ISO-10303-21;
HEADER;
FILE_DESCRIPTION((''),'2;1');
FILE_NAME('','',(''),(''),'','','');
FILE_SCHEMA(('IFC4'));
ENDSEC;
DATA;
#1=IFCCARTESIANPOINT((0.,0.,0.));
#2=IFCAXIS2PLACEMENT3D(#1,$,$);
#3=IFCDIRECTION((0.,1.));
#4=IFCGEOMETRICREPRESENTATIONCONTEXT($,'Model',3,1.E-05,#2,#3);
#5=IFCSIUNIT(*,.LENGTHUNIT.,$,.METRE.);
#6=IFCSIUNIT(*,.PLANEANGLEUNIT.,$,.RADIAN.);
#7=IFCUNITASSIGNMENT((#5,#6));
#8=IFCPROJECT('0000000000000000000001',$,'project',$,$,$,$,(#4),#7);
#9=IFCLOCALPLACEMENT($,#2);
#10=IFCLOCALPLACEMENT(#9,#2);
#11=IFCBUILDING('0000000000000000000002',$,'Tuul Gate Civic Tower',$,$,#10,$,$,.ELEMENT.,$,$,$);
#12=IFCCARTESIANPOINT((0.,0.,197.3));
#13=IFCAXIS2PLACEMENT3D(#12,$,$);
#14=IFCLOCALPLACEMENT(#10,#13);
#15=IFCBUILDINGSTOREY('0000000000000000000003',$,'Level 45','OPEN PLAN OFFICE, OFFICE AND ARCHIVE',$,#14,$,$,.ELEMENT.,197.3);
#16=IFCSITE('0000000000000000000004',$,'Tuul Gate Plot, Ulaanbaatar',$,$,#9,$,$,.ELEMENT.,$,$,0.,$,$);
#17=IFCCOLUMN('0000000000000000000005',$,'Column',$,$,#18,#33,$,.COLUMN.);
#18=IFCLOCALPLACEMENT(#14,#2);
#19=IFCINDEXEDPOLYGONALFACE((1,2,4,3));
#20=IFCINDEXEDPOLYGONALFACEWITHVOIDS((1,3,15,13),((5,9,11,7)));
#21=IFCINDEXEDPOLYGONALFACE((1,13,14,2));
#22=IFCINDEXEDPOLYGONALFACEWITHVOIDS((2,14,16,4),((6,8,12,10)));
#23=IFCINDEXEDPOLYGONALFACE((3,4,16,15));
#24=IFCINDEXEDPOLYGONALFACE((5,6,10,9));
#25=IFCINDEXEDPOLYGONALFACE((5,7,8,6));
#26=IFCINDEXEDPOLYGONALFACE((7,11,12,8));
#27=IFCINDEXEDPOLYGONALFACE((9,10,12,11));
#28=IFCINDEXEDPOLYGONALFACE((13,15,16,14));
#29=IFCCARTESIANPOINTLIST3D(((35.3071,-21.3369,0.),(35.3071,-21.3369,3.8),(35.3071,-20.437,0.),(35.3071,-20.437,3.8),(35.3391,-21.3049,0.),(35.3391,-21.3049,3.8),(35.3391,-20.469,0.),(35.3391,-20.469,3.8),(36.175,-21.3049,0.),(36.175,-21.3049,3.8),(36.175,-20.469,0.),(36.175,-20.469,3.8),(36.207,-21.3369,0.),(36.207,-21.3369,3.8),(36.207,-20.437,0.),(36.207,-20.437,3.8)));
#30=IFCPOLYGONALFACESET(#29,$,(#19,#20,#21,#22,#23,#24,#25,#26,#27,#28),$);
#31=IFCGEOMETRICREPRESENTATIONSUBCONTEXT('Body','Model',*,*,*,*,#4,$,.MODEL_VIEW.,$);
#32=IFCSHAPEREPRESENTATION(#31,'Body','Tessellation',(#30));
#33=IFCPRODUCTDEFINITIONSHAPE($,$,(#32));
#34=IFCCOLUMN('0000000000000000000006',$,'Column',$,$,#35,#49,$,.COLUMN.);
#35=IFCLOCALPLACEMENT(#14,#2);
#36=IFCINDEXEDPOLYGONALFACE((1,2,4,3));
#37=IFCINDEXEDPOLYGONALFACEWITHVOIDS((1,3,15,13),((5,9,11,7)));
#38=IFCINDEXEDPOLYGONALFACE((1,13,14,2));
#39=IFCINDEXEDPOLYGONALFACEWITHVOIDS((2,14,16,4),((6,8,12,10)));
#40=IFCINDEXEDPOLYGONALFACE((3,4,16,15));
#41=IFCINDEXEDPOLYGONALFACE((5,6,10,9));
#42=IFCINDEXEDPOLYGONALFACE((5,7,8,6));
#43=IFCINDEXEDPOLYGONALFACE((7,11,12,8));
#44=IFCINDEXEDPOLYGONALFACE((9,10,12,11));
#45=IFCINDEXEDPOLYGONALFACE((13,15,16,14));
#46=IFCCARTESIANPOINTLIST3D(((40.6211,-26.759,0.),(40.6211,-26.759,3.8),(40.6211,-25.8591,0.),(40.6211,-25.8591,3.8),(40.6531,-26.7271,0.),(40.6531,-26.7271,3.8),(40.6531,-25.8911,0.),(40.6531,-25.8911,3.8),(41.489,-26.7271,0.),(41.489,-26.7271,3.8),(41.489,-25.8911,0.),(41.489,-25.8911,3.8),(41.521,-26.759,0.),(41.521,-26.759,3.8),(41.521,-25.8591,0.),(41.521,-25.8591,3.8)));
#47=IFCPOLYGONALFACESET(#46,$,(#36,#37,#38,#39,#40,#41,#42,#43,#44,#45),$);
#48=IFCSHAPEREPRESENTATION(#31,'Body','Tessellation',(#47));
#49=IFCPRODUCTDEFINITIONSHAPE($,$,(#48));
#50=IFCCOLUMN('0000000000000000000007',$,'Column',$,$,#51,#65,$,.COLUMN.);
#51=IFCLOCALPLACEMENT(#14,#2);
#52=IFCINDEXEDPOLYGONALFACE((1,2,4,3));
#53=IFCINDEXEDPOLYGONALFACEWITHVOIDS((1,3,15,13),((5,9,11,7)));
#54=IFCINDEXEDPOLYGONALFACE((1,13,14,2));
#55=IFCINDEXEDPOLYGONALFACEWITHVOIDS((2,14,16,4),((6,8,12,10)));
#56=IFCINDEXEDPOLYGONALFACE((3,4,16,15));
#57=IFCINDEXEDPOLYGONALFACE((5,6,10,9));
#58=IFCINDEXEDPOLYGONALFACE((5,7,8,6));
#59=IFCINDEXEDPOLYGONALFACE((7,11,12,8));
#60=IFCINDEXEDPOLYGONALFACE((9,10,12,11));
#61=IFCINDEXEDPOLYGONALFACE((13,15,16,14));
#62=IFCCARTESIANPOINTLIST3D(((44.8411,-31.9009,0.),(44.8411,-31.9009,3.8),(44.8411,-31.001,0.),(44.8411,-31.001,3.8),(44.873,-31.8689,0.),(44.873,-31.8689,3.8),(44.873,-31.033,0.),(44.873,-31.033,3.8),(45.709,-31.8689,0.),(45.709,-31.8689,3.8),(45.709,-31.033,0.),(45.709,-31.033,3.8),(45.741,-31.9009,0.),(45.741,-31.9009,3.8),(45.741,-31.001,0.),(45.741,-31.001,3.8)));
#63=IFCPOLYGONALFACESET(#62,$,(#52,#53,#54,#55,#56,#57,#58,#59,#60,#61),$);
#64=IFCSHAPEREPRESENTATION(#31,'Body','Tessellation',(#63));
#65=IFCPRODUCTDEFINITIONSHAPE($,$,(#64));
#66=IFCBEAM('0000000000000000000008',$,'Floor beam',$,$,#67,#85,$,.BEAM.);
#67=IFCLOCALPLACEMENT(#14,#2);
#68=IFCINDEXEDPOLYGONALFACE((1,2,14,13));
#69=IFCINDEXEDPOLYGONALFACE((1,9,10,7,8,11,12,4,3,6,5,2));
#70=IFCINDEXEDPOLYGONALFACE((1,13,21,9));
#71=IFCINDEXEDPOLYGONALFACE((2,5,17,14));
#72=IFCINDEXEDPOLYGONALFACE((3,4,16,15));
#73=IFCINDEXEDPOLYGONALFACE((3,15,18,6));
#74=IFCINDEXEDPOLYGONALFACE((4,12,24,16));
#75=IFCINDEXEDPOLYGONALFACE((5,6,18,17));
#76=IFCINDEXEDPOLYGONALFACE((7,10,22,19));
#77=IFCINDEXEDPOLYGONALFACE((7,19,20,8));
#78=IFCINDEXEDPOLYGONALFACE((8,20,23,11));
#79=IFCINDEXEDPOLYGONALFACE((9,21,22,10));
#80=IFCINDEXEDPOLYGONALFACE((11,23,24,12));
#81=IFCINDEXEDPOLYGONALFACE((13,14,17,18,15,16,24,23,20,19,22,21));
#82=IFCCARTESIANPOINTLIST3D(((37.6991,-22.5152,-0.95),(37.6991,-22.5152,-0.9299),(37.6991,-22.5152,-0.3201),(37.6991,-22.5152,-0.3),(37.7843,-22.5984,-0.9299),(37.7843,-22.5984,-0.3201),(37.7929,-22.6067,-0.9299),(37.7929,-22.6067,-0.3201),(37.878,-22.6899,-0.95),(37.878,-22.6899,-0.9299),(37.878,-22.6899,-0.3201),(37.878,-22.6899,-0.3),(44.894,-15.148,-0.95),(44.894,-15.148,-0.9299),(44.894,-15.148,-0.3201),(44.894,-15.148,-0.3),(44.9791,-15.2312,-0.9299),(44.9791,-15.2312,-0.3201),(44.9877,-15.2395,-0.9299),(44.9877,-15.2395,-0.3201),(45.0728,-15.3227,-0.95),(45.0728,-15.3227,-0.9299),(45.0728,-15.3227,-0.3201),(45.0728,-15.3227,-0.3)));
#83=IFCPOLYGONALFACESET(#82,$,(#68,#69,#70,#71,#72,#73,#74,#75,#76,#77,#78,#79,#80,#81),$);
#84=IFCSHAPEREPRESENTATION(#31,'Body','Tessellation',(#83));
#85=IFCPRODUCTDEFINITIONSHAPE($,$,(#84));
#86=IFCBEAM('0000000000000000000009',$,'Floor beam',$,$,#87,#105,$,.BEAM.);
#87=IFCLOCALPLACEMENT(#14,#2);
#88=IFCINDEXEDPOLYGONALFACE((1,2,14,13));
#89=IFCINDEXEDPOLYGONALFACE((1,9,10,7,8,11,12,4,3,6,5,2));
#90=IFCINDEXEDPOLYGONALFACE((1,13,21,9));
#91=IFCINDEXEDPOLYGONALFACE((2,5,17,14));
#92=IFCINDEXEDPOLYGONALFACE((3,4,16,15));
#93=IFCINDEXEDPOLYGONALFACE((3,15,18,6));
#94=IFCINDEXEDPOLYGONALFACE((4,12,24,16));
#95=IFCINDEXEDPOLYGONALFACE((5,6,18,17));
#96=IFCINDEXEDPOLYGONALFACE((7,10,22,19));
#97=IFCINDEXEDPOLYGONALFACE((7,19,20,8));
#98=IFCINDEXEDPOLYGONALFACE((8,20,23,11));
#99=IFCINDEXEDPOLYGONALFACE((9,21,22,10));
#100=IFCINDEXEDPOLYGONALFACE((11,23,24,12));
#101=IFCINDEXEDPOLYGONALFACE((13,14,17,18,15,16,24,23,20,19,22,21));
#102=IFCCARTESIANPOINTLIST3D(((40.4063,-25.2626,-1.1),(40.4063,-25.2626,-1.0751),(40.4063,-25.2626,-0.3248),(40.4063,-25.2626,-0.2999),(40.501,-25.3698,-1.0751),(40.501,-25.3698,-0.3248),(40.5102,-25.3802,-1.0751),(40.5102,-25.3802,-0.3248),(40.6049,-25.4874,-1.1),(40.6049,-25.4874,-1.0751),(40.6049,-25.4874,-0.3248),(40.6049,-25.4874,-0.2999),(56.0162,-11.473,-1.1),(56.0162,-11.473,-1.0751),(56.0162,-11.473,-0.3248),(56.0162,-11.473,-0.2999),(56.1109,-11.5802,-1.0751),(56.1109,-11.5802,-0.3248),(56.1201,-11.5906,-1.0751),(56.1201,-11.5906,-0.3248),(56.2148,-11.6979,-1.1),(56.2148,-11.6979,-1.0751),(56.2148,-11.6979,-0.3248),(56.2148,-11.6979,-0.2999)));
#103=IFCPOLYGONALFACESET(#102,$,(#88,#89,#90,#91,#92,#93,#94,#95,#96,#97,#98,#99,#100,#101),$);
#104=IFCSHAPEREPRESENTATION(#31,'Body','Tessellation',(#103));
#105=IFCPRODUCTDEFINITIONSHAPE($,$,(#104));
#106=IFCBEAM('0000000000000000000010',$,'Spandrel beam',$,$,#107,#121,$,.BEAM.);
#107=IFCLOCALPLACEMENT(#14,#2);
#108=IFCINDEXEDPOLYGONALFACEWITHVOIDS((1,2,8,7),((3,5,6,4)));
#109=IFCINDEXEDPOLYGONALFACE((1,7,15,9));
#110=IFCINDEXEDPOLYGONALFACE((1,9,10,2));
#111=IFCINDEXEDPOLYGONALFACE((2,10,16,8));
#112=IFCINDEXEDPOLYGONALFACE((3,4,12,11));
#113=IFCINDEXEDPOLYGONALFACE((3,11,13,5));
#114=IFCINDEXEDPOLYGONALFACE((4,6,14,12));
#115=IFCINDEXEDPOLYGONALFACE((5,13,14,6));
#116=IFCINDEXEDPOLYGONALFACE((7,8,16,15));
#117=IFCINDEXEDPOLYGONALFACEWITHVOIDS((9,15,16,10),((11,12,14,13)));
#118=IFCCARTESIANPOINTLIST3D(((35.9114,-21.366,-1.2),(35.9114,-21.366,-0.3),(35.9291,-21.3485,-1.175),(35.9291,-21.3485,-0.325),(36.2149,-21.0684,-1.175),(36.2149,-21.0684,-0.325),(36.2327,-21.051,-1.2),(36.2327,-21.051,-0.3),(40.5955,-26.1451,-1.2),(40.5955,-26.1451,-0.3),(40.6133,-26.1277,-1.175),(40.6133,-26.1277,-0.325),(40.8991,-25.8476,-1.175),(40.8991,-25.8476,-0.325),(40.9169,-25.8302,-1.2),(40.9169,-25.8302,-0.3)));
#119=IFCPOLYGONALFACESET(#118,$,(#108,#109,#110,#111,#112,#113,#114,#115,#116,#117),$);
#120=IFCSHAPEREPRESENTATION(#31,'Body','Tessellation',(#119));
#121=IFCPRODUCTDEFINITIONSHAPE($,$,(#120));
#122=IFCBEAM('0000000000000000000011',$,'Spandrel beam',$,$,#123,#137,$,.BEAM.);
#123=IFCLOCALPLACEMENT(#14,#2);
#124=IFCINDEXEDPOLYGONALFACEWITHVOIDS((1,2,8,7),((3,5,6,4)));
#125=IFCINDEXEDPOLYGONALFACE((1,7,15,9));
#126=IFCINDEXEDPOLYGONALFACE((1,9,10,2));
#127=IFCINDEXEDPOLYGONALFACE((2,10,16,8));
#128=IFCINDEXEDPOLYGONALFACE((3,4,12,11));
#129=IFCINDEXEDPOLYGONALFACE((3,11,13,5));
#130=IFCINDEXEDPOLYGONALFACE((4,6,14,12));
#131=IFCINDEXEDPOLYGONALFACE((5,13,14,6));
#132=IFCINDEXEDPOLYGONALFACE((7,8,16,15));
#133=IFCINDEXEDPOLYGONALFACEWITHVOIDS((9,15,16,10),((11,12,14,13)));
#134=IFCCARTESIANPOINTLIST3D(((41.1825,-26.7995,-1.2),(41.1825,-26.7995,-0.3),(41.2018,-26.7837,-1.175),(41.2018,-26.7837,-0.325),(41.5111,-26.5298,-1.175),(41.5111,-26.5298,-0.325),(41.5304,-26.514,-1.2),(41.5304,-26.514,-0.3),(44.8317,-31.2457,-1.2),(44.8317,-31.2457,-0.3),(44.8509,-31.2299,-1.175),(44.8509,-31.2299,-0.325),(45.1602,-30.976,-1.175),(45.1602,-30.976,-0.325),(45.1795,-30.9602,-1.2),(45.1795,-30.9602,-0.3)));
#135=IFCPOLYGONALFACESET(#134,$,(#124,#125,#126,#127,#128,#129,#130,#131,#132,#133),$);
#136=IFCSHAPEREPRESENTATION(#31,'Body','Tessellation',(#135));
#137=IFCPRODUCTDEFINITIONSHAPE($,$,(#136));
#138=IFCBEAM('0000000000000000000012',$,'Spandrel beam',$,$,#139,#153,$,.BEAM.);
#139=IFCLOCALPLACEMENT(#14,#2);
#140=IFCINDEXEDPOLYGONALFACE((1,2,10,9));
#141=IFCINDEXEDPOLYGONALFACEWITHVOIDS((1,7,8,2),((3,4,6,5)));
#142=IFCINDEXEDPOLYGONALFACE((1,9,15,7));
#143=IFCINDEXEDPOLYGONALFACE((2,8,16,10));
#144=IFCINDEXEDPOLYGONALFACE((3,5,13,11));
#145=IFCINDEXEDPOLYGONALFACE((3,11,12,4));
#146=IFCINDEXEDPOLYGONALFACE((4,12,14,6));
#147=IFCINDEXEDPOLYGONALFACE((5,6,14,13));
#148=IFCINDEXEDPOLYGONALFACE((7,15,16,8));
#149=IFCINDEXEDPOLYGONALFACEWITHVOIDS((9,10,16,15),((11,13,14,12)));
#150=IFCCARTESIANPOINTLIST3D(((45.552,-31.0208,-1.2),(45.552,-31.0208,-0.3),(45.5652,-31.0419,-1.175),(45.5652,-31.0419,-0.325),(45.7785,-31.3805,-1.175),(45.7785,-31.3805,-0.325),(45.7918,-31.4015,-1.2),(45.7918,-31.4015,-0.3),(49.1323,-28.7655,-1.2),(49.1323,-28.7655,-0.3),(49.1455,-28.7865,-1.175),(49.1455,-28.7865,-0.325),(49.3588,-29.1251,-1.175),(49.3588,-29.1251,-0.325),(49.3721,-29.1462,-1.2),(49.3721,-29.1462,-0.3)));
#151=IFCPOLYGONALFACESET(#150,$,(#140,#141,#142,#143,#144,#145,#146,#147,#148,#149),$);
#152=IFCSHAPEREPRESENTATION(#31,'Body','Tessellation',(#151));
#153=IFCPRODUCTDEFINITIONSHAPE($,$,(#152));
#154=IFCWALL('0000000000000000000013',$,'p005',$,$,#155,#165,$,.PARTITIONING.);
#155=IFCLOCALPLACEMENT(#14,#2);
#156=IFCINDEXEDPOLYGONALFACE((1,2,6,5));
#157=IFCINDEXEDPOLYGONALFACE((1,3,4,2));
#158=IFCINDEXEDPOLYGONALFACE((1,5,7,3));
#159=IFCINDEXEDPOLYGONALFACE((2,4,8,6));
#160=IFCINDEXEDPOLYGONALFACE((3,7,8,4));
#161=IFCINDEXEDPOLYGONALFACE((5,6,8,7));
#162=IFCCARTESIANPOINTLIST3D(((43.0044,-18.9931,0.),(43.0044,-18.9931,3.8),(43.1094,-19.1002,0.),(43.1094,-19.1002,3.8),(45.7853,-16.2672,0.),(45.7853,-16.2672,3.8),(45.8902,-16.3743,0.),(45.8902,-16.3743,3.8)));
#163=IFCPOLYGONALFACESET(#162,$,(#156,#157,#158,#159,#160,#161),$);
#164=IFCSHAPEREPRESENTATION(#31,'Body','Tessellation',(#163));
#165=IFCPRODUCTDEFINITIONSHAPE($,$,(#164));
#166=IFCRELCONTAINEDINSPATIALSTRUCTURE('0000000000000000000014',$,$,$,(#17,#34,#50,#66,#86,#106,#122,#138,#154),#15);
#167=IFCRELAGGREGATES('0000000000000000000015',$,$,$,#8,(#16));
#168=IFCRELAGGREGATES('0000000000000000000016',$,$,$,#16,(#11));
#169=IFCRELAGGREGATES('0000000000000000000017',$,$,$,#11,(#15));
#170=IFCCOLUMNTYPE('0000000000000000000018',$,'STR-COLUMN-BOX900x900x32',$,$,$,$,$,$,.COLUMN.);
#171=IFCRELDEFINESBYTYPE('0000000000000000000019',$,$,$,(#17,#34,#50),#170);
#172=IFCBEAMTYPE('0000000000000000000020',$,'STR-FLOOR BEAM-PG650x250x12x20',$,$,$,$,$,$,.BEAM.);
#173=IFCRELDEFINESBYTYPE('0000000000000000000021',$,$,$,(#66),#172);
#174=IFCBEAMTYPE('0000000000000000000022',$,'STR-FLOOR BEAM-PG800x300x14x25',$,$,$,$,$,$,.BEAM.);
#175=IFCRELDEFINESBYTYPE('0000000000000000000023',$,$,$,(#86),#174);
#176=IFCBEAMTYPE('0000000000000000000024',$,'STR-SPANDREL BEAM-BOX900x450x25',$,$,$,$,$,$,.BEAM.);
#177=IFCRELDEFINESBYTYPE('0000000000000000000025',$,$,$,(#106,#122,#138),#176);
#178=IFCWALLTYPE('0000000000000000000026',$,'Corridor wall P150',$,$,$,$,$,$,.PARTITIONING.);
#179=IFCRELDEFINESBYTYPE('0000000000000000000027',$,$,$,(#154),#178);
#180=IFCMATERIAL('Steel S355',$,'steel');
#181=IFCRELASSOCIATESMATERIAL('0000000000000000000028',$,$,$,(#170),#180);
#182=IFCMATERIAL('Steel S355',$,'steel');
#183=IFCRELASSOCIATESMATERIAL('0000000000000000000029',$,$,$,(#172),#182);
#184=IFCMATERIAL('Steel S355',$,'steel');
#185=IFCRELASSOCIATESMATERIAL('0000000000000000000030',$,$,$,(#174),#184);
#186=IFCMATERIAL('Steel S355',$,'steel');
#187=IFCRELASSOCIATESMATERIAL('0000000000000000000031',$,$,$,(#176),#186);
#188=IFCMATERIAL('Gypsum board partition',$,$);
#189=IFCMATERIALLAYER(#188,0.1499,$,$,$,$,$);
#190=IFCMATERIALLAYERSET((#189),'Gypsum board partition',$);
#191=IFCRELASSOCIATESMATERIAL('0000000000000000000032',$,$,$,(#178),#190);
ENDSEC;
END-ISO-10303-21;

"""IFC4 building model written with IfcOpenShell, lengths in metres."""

from ifc_helpers import new_model, si_unit, direction, frame, frame_2d, origin, origin_2d, place, context, subcontext, project, spatial, rectangle, hollow_rectangle, i_section, extrude, material, layer, layer_set, material_profile, profile_set, type_object, element, save


model = new_model("IFC4")

# Units and contexts
model_context = context("Model", 3, precision=1e-05, world=origin(), true_north=direction((0.0, 1.0)))
body_context = subcontext(model_context, "Body", "Model", "MODEL_VIEW")
ifc_project = project(units=[si_unit("LENGTHUNIT", "METRE"), si_unit("PLANEANGLEUNIT", "RADIAN")], contexts=[model_context])

# Site, building, storey
site_placement = place(None, origin())
site = spatial("IfcSite", under=ifc_project, at=site_placement, Name="Tuul Gate Plot, Ulaanbaatar", CompositionType="ELEMENT", RefElevation=0.0)
building_placement = place(site_placement, origin())
building = spatial("IfcBuilding", under=site, at=building_placement, Name="Tuul Gate Civic Tower", CompositionType="ELEMENT")
storey_placement = place(building_placement, frame((0.0, 0.0, 197.3)))
storey = spatial("IfcBuildingStorey", under=building, at=storey_placement, Name="Level 45", Description="OPEN PLAN OFFICE, OFFICE AND ARCHIVE", CompositionType="ELEMENT", Elevation=197.3)

# Columns
ifc_material_1 = material(Name="Steel S355", Category="steel")
ifc_material_profile_1 = material_profile(ifc_material_1, hollow_rectangle(XDim=0.8999, YDim=0.8999, WallThickness=0.032, at=origin_2d()), Name="BOX900x900x32")
ifc_profile_set_1 = profile_set([ifc_material_profile_1], Name="Steel S355")
column_type = type_object("IfcColumnType", Name="STR-COLUMN-BOX900x900x32", PredefinedType="COLUMN", material=ifc_profile_set_1)
for number, where, z_axis, x_axis, name in (
    (1, (35.7571, -20.887, 0.0), (0.0, 0.0, 1.0), (1.0, 0.0, 0.0), "Column"),
    (2, (41.071, -26.3091, 0.0), (0.0, 0.0, 1.0), (1.0, 0.0, 0.0), "Column"),
    (3, (45.291, -31.4509, 0.0), (0.0, 0.0, 1.0), (1.0, 0.0, 0.0), "Column"),
):
    element("IfcColumn", number, at=place(storey_placement, frame(where, z_axis=z_axis, x_axis=x_axis)), inside=storey, type_object=column_type, Name=name, PredefinedType="COLUMN", context=body_context, shape_type="SweptSolid", body=[
        extrude(hollow_rectangle(XDim=0.8999, YDim=0.8999, WallThickness=0.032, at=origin_2d()), origin(), (0.0, 0.0, 1.0), 3.8),
    ])

# Beams
ifc_material_2 = material(Name="Steel S355", Category="steel")
ifc_material_profile_2 = material_profile(ifc_material_2, i_section(OverallWidth=0.25, OverallDepth=0.6499, WebThickness=0.012, FlangeThickness=0.02, at=origin_2d()), Name="PG650x250x12x20")
ifc_profile_set_2 = profile_set([ifc_material_profile_2], Name="Steel S355")
beam_type_1 = type_object("IfcBeamType", Name="STR-FLOOR BEAM-PG650x250x12x20", PredefinedType="BEAM", material=ifc_profile_set_2)
beam_1_placement = place(storey_placement, frame((37.7886, -22.6025, -0.625), z_axis=(0.698688, 0.715426, 0.0), x_axis=(-0.715426, 0.698688, 0.0)))
element("IfcBeam", 4, at=beam_1_placement, inside=storey, type_object=beam_type_1, Name="Floor beam", PredefinedType="BEAM", context=body_context, shape_type="SweptSolid", body=[
    extrude(i_section(OverallWidth=0.25, OverallDepth=0.6499, WebThickness=0.012, FlangeThickness=0.02, at=origin_2d()), origin(), (0.0, 0.0, 1.0), 10.2976),
])
ifc_material_3 = material(Name="Steel S355", Category="steel")
ifc_material_profile_3 = material_profile(ifc_material_3, i_section(OverallWidth=0.3, OverallDepth=0.8, WebThickness=0.0139, FlangeThickness=0.0249, at=origin_2d()), Name="PG800x300x14x25")
ifc_profile_set_3 = profile_set([ifc_material_profile_3], Name="Steel S355")
beam_type_2 = type_object("IfcBeamType", Name="STR-FLOOR BEAM-PG800x300x14x25", PredefinedType="BEAM", material=ifc_profile_set_3)
beam_2_placement = place(storey_placement, frame((40.5056, -25.375, -0.7), z_axis=(0.749453, 0.662057, 0.0), x_axis=(-0.662057, 0.749453, 0.0)))
element("IfcBeam", 5, at=beam_2_placement, inside=storey, type_object=beam_type_2, Name="Floor beam", PredefinedType="BEAM", context=body_context, shape_type="SweptSolid", body=[
    extrude(i_section(OverallWidth=0.3, OverallDepth=0.8, WebThickness=0.0139, FlangeThickness=0.0249, at=origin_2d()), origin(), (0.0, 0.0, 1.0), 20.8284),
])
ifc_material_4 = material(Name="Steel S355", Category="steel")
ifc_material_profile_4 = material_profile(ifc_material_4, hollow_rectangle(XDim=0.45, YDim=0.8999, WallThickness=0.0249, at=origin_2d()), Name="BOX900x450x25")
ifc_profile_set_4 = profile_set([ifc_material_profile_4], Name="Steel S355")
beam_type_3 = type_object("IfcBeamType", Name="STR-SPANDREL BEAM-BOX900x450x25", PredefinedType="BEAM", material=ifc_profile_set_4)
beam_3_placement = place(storey_placement, frame((36.072, -21.2085, -0.75), z_axis=(0.699975, -0.714167, 0.0), x_axis=(0.714167, 0.699975, 0.0)))
element("IfcBeam", 6, at=beam_3_placement, inside=storey, type_object=beam_type_3, Name="Spandrel beam", PredefinedType="BEAM", context=body_context, shape_type="SweptSolid", body=[
    extrude(hollow_rectangle(XDim=0.45, YDim=0.8999, WallThickness=0.0249, at=origin_2d()), origin(), (0.0, 0.0, 1.0), 6.6919),
])
beam_4_placement = place(storey_placement, frame((41.3564, -26.6567, -0.75), z_axis=(0.634414, -0.772994, 0.0), x_axis=(0.772994, 0.634414, 0.0)))
element("IfcBeam", 7, at=beam_4_placement, inside=storey, type_object=beam_type_3, Name="Spandrel beam", PredefinedType="BEAM", context=body_context, shape_type="SweptSolid", body=[
    extrude(hollow_rectangle(XDim=0.45, YDim=0.8999, WallThickness=0.0249, at=origin_2d()), origin(), (0.0, 0.0, 1.0), 5.752),
])
beam_5_placement = place(storey_placement, frame((45.6719, -31.2112, -0.75), z_axis=(0.846116, 0.532998, 0.0), x_axis=(-0.532998, 0.846116, 0.0)))
element("IfcBeam", 8, at=beam_5_placement, inside=storey, type_object=beam_type_3, Name="Spandrel beam", PredefinedType="BEAM", context=body_context, shape_type="SweptSolid", body=[
    extrude(hollow_rectangle(XDim=0.45, YDim=0.8999, WallThickness=0.0249, at=origin_2d()), origin(), (0.0, 0.0, 1.0), 4.2314),
])

# Wall
ifc_material_5 = material(Name="Gypsum board partition")
ifc_layer_1 = layer(ifc_material_5, 0.1499)
ifc_layer_set_1 = layer_set([ifc_layer_1], Name="Gypsum board partition")
wall_type_1 = type_object("IfcWallType", Name="Corridor wall P150", PredefinedType="PARTITIONING", material=ifc_layer_set_1)
wall_1_placement = place(storey_placement, frame((43.0569, -19.0466, 0.0), z_axis=(0.0, 0.0, 1.0), x_axis=(0.714125, 0.700018, 0.0)))
element("IfcWall", 9, at=wall_1_placement, inside=storey, type_object=wall_type_1, Name="p005", PredefinedType="PARTITIONING", context=body_context, shape_type="SweptSolid", body=[
    extrude(rectangle(XDim=3.894, YDim=0.1499, at=frame_2d((1.947, 0.0))), origin(), (0.0, 0.0, 1.0), 3.8),
])

save(model, "model.ifc")
